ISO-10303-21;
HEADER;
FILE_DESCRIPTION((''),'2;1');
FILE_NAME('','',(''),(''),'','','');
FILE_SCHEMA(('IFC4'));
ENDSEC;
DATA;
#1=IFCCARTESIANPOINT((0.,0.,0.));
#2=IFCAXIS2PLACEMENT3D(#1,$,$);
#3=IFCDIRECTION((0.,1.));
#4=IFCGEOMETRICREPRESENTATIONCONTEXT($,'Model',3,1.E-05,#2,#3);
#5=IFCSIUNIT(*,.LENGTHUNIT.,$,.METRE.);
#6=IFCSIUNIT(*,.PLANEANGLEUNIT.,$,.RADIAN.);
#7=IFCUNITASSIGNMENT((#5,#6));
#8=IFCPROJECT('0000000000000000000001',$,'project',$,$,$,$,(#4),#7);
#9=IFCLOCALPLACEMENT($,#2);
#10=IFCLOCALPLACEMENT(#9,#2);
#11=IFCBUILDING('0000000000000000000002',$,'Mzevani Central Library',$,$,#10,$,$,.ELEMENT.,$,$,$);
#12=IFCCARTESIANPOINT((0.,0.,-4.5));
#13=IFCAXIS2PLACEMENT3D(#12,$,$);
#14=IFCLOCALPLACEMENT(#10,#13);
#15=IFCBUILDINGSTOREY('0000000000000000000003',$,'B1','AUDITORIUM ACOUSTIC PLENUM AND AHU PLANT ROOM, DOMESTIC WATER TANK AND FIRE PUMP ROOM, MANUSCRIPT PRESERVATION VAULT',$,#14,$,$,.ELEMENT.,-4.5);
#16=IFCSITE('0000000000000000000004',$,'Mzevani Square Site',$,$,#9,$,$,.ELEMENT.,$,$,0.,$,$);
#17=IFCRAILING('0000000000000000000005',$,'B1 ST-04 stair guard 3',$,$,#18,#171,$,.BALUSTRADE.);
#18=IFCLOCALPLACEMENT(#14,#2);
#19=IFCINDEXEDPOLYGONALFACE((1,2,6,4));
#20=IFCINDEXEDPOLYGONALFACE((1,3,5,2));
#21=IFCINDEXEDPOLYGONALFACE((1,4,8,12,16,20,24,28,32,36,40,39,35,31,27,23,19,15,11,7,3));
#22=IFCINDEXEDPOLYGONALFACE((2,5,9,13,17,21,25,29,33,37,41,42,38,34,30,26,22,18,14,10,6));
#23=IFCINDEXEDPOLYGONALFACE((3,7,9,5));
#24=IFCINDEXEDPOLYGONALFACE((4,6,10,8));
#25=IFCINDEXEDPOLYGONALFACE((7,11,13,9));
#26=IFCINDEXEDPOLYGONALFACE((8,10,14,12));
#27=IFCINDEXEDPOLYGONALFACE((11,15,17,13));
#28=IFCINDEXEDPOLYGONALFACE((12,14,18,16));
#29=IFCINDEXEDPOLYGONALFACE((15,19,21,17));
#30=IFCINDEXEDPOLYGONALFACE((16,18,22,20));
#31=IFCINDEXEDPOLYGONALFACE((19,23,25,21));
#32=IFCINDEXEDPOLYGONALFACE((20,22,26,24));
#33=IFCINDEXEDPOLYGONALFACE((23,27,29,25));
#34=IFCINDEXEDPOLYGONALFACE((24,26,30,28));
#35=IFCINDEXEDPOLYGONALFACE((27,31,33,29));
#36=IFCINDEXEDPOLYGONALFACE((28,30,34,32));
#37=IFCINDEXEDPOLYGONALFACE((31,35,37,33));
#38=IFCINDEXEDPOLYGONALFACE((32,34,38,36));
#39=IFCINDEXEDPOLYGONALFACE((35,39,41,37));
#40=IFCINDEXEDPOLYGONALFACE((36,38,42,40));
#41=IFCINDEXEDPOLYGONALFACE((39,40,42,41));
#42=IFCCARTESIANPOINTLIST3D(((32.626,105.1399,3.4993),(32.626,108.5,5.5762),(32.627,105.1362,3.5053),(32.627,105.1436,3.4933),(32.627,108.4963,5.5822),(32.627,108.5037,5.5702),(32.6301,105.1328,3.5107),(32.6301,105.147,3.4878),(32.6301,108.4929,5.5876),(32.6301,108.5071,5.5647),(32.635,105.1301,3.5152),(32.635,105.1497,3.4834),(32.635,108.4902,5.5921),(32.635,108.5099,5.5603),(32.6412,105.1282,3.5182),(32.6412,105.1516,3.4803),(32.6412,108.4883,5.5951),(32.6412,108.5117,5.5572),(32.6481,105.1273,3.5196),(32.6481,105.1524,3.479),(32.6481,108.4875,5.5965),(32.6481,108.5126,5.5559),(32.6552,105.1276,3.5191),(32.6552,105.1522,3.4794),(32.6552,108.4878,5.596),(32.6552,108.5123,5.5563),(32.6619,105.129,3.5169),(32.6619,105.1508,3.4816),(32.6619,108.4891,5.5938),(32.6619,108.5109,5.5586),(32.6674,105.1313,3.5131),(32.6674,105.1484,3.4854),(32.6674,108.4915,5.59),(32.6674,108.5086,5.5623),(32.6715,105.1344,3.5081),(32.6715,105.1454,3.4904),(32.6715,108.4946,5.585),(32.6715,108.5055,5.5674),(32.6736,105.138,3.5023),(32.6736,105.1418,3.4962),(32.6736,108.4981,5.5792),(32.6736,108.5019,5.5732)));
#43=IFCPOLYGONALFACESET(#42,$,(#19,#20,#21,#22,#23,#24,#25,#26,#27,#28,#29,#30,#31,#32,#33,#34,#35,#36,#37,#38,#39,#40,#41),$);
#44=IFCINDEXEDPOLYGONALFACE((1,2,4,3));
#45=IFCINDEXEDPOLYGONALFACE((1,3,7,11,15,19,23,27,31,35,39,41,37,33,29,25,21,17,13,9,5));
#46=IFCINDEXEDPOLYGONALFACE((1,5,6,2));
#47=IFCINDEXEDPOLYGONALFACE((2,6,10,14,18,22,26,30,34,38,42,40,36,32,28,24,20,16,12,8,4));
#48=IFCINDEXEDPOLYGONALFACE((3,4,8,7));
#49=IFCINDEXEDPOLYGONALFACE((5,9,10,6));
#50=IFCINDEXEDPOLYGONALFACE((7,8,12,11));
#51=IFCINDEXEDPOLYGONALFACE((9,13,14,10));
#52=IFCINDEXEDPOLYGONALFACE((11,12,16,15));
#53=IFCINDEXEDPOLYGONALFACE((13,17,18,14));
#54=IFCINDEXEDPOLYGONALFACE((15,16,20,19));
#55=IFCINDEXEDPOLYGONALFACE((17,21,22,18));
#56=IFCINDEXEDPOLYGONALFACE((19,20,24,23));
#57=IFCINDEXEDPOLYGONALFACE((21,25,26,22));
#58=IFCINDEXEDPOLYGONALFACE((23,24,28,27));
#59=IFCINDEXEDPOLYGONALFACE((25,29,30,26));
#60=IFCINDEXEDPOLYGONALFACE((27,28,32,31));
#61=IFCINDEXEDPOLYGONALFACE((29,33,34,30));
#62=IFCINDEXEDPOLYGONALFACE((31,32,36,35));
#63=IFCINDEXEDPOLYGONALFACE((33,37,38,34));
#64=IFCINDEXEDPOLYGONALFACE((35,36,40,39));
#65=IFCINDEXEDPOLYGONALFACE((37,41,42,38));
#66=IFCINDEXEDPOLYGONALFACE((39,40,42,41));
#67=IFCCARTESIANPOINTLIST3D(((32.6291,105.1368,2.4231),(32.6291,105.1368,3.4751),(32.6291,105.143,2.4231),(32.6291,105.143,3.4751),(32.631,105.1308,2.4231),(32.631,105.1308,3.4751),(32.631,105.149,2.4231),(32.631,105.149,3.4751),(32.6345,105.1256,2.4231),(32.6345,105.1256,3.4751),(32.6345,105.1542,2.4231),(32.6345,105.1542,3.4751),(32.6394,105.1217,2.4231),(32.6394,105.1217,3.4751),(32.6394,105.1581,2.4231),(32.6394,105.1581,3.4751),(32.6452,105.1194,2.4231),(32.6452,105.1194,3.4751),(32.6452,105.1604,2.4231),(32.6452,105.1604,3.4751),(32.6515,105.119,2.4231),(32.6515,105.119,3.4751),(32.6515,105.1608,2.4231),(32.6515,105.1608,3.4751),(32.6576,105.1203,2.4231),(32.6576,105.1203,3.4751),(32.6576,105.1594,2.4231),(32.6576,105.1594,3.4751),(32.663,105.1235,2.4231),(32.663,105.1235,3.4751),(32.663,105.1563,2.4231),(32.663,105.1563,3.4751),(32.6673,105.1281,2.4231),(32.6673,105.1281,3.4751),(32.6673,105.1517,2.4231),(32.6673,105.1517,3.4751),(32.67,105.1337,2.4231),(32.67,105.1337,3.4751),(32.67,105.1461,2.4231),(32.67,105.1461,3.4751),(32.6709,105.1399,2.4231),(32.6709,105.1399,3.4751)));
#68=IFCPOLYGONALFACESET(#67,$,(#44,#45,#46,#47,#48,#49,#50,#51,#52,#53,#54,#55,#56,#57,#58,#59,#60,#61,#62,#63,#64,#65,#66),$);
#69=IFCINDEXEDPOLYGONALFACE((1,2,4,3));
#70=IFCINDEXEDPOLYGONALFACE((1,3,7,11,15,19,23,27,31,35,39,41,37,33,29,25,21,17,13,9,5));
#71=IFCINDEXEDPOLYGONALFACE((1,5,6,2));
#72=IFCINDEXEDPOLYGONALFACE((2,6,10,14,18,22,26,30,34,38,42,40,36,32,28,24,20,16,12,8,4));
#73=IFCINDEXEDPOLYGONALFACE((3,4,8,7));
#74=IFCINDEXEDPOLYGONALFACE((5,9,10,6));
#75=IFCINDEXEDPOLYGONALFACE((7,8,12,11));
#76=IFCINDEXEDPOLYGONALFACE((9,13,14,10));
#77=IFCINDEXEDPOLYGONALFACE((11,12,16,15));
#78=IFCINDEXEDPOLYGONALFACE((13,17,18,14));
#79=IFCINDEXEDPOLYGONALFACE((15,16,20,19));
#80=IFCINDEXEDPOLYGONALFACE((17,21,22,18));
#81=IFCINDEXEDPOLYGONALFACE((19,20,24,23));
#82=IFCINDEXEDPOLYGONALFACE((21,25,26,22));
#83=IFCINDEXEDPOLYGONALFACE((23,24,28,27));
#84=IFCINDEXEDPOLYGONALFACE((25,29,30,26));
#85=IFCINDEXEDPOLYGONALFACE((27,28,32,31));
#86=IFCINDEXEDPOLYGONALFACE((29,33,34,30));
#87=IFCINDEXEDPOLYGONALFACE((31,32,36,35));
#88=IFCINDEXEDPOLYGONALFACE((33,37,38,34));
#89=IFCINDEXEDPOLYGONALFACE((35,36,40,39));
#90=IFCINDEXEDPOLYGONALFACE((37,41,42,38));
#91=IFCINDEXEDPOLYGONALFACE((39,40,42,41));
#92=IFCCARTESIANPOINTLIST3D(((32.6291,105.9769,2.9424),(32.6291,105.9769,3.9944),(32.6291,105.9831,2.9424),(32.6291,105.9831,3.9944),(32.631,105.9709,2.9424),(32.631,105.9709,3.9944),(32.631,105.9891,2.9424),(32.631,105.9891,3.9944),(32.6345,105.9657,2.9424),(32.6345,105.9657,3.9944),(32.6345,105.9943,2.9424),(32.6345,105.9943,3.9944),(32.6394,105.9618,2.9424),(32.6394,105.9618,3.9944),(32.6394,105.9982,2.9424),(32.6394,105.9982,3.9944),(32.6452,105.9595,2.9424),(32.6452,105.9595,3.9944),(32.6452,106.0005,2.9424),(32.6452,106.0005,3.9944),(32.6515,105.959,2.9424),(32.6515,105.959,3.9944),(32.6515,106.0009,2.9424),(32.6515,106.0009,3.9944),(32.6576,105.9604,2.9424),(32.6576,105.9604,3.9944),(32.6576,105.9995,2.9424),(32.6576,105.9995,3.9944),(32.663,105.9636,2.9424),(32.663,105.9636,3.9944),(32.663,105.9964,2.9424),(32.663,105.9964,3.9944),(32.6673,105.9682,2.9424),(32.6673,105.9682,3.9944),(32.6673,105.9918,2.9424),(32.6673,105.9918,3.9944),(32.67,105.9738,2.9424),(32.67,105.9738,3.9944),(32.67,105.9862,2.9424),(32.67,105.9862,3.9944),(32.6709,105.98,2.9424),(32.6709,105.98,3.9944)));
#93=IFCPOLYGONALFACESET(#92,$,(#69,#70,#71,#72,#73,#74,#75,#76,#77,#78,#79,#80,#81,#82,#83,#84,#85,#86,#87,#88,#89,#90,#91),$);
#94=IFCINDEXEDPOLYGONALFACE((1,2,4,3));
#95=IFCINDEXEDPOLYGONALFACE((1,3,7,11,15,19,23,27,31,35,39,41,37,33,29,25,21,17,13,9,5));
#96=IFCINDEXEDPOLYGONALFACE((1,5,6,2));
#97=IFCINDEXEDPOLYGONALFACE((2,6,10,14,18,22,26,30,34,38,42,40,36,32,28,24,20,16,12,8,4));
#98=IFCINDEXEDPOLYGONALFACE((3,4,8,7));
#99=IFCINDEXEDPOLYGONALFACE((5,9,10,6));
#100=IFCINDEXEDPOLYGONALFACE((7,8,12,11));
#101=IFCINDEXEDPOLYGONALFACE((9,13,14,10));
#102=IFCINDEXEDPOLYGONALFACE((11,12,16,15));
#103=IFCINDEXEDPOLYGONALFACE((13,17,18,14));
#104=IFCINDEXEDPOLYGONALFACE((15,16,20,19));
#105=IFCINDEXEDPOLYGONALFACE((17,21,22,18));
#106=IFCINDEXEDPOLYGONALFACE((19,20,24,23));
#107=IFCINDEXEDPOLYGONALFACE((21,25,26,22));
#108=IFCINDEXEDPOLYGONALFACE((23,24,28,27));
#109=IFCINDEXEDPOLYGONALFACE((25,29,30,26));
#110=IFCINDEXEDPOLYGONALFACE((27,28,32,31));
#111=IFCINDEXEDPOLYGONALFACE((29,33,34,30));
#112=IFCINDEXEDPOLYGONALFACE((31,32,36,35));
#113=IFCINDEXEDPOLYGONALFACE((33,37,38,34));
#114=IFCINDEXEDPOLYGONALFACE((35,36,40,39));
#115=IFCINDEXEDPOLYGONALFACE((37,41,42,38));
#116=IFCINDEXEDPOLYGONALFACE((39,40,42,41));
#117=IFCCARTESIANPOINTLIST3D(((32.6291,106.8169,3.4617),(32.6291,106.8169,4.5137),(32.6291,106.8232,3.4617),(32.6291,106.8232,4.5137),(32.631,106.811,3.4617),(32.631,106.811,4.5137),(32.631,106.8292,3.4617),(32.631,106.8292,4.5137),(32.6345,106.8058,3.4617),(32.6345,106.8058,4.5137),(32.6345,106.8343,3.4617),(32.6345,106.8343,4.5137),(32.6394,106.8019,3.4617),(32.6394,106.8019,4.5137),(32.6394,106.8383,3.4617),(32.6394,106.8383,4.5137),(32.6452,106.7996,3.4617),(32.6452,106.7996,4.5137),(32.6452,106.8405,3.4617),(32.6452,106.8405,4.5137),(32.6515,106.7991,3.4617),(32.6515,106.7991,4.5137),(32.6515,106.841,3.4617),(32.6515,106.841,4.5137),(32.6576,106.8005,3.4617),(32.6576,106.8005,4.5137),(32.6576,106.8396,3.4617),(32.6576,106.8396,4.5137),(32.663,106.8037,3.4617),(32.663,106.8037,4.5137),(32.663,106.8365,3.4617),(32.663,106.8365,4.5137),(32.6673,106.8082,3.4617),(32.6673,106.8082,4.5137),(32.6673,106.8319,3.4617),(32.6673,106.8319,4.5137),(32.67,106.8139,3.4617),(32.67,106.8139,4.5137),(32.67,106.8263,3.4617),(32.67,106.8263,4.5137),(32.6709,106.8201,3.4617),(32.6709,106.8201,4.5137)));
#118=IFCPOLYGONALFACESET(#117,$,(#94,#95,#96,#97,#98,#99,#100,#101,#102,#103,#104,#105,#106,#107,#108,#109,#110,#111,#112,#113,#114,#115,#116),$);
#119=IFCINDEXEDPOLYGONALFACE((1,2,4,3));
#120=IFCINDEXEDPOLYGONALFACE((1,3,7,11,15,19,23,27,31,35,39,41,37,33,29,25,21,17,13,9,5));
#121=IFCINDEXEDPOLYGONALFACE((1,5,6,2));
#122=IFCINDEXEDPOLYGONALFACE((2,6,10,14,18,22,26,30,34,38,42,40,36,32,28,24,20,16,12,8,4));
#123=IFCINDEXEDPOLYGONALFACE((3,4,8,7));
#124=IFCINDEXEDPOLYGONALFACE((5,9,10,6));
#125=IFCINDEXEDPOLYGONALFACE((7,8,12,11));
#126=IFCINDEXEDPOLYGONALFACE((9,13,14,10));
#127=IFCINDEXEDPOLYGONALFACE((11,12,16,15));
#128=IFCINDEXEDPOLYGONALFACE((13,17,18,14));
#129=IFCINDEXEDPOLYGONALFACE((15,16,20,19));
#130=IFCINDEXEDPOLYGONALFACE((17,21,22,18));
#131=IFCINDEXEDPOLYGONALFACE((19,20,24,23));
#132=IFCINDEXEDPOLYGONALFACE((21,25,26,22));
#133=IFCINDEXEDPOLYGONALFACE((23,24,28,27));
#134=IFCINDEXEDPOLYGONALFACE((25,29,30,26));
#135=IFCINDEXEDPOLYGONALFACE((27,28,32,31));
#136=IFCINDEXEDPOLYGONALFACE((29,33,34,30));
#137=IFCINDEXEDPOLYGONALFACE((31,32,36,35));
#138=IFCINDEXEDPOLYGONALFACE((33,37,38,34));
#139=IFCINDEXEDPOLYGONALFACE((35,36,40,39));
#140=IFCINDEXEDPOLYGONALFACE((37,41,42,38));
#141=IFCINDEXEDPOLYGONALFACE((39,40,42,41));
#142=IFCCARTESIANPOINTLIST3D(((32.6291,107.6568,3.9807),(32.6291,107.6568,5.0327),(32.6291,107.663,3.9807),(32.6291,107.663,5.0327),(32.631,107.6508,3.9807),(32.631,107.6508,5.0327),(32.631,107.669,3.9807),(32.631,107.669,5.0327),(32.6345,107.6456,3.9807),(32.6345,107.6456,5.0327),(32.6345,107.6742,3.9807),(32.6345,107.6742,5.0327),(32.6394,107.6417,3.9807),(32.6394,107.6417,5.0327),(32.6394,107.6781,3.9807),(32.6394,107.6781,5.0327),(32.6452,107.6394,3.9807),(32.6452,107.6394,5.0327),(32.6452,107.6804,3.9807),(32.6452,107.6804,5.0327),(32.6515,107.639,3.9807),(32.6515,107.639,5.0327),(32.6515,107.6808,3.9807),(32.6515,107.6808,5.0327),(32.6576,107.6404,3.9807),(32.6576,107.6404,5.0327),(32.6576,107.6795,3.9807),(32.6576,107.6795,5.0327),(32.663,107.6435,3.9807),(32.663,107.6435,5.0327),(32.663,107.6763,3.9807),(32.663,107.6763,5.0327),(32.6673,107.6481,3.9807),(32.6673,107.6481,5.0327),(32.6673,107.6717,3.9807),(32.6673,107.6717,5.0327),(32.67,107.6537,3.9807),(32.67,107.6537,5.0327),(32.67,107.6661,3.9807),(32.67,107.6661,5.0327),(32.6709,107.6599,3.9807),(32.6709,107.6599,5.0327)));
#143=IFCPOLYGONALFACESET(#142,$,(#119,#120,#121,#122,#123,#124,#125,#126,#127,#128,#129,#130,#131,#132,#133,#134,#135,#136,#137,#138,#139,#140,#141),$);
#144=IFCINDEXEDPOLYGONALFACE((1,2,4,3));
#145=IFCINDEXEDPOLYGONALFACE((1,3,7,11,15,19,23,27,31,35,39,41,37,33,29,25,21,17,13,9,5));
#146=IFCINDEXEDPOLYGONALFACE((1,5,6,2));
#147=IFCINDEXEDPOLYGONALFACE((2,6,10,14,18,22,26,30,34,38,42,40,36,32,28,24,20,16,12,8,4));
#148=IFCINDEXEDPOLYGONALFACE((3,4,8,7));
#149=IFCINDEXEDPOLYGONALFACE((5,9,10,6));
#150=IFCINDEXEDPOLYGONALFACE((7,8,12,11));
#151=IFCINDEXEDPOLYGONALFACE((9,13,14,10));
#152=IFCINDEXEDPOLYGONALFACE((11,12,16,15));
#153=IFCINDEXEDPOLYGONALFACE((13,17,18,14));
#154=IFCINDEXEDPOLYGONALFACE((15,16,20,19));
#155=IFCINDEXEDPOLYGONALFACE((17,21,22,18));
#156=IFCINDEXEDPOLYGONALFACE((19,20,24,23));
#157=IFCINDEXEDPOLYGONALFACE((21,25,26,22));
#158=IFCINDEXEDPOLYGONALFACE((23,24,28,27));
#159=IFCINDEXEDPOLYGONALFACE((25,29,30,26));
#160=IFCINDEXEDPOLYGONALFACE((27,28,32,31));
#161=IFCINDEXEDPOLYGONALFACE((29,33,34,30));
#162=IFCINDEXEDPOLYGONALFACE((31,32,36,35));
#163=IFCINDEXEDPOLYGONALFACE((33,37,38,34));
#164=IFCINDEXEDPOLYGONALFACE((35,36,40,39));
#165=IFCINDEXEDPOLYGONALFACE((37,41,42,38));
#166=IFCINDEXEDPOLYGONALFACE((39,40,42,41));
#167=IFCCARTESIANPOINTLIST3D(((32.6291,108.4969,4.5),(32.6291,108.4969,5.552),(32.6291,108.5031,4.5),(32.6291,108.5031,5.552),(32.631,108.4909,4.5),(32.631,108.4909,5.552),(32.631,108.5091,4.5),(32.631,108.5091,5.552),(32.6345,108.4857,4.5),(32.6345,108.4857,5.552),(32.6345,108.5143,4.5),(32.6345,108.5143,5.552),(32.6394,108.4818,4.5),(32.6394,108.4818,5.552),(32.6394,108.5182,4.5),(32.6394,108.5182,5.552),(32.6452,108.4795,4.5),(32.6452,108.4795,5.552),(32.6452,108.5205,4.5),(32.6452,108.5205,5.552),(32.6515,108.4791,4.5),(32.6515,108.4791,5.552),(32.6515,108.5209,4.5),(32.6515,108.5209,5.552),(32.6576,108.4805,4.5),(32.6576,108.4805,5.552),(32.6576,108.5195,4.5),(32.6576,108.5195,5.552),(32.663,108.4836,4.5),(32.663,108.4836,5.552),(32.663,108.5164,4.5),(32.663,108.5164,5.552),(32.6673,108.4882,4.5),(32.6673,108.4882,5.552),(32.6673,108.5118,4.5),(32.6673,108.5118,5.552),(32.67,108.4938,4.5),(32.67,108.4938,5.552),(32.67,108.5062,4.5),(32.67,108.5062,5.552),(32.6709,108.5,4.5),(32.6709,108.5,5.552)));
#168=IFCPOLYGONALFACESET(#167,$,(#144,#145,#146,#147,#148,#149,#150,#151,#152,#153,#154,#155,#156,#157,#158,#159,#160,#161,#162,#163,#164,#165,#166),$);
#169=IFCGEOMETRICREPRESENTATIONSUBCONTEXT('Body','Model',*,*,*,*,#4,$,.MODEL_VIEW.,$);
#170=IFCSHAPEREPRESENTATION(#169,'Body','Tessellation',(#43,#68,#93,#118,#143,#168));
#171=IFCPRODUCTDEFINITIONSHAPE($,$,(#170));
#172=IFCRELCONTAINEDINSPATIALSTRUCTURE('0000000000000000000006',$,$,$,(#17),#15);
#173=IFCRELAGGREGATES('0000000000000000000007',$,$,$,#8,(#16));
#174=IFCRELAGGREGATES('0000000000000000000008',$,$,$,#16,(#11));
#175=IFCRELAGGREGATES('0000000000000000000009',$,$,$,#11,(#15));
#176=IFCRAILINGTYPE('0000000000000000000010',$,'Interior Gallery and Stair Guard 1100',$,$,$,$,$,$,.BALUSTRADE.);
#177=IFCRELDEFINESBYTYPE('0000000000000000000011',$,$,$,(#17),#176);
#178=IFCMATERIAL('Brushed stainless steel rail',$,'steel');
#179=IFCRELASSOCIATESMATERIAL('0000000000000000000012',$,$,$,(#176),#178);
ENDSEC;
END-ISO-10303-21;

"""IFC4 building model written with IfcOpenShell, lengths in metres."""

from ifc_helpers import new_model, si_unit, direction, frame, origin, origin_2d, place, context, subcontext, project, spatial, circle, extrude, material, type_object, element, save


model = new_model("IFC4")

# Units and contexts
model_context = context("Model", 3, precision=1e-05, world=origin(), true_north=direction((0.0, 1.0)))
body_context = subcontext(model_context, "Body", "Model", "MODEL_VIEW")
ifc_project = project(units=[si_unit("LENGTHUNIT", "METRE"), si_unit("PLANEANGLEUNIT", "RADIAN")], contexts=[model_context])

# Site, building, storey
site_placement = place(None, origin())
site = spatial("IfcSite", under=ifc_project, at=site_placement, Name="Mzevani Square Site", CompositionType="ELEMENT", RefElevation=0.0)
building_placement = place(site_placement, origin())
building = spatial("IfcBuilding", under=site, at=building_placement, Name="Mzevani Central Library", CompositionType="ELEMENT")
storey_placement = place(building_placement, frame((0.0, 0.0, -4.5)))
storey = spatial("IfcBuildingStorey", under=building, at=storey_placement, Name="B1", Description="AUDITORIUM ACOUSTIC PLENUM AND AHU PLANT ROOM, DOMESTIC WATER TANK AND FIRE PUMP ROOM, MANUSCRIPT PRESERVATION VAULT", CompositionType="ELEMENT", Elevation=-4.5)

# Railing
ifc_material_1 = material(Name="Brushed stainless steel rail", Category="steel")
railing_type_1 = type_object("IfcRailingType", Name="Interior Gallery and Stair Guard 1100", PredefinedType="BALUSTRADE", material=ifc_material_1)
railing_1_placement = place(storey_placement, frame((32.6499, 105.1399, 2.4231)))
element("IfcRailing", 1, at=railing_1_placement, inside=storey, type_object=railing_type_1, Name="B1 ST-04 stair guard 3", PredefinedType="BALUSTRADE", context=body_context, shape_type="SweptSolid", body=[
    extrude(circle(Radius=0.0239, at=origin_2d()), frame((0.0, 0.0, 1.0762), z_axis=(0.0, 0.850623, 0.525776), x_axis=(-1.0, 0.0, 0.0)), (0.0, 0.0, 1.0), 3.9502),
    extrude(circle(Radius=0.021, at=origin_2d()), origin(), (0.0, 0.0, 1.0), 1.052),
    extrude(circle(Radius=0.021, at=origin_2d()), frame((0.0, 0.8401, 0.5193)), (0.0, 0.0, 1.0), 1.052),
    extrude(circle(Radius=0.021, at=origin_2d()), frame((0.0, 1.6802, 1.0386)), (0.0, 0.0, 1.0), 1.052),
    extrude(circle(Radius=0.021, at=origin_2d()), frame((0.0, 2.52, 1.5576)), (0.0, 0.0, 1.0), 1.052),
    extrude(circle(Radius=0.021, at=origin_2d()), frame((0.0, 3.3601, 2.0769)), (0.0, 0.0, 1.0), 1.052),
])

save(model, "model.ifc")
